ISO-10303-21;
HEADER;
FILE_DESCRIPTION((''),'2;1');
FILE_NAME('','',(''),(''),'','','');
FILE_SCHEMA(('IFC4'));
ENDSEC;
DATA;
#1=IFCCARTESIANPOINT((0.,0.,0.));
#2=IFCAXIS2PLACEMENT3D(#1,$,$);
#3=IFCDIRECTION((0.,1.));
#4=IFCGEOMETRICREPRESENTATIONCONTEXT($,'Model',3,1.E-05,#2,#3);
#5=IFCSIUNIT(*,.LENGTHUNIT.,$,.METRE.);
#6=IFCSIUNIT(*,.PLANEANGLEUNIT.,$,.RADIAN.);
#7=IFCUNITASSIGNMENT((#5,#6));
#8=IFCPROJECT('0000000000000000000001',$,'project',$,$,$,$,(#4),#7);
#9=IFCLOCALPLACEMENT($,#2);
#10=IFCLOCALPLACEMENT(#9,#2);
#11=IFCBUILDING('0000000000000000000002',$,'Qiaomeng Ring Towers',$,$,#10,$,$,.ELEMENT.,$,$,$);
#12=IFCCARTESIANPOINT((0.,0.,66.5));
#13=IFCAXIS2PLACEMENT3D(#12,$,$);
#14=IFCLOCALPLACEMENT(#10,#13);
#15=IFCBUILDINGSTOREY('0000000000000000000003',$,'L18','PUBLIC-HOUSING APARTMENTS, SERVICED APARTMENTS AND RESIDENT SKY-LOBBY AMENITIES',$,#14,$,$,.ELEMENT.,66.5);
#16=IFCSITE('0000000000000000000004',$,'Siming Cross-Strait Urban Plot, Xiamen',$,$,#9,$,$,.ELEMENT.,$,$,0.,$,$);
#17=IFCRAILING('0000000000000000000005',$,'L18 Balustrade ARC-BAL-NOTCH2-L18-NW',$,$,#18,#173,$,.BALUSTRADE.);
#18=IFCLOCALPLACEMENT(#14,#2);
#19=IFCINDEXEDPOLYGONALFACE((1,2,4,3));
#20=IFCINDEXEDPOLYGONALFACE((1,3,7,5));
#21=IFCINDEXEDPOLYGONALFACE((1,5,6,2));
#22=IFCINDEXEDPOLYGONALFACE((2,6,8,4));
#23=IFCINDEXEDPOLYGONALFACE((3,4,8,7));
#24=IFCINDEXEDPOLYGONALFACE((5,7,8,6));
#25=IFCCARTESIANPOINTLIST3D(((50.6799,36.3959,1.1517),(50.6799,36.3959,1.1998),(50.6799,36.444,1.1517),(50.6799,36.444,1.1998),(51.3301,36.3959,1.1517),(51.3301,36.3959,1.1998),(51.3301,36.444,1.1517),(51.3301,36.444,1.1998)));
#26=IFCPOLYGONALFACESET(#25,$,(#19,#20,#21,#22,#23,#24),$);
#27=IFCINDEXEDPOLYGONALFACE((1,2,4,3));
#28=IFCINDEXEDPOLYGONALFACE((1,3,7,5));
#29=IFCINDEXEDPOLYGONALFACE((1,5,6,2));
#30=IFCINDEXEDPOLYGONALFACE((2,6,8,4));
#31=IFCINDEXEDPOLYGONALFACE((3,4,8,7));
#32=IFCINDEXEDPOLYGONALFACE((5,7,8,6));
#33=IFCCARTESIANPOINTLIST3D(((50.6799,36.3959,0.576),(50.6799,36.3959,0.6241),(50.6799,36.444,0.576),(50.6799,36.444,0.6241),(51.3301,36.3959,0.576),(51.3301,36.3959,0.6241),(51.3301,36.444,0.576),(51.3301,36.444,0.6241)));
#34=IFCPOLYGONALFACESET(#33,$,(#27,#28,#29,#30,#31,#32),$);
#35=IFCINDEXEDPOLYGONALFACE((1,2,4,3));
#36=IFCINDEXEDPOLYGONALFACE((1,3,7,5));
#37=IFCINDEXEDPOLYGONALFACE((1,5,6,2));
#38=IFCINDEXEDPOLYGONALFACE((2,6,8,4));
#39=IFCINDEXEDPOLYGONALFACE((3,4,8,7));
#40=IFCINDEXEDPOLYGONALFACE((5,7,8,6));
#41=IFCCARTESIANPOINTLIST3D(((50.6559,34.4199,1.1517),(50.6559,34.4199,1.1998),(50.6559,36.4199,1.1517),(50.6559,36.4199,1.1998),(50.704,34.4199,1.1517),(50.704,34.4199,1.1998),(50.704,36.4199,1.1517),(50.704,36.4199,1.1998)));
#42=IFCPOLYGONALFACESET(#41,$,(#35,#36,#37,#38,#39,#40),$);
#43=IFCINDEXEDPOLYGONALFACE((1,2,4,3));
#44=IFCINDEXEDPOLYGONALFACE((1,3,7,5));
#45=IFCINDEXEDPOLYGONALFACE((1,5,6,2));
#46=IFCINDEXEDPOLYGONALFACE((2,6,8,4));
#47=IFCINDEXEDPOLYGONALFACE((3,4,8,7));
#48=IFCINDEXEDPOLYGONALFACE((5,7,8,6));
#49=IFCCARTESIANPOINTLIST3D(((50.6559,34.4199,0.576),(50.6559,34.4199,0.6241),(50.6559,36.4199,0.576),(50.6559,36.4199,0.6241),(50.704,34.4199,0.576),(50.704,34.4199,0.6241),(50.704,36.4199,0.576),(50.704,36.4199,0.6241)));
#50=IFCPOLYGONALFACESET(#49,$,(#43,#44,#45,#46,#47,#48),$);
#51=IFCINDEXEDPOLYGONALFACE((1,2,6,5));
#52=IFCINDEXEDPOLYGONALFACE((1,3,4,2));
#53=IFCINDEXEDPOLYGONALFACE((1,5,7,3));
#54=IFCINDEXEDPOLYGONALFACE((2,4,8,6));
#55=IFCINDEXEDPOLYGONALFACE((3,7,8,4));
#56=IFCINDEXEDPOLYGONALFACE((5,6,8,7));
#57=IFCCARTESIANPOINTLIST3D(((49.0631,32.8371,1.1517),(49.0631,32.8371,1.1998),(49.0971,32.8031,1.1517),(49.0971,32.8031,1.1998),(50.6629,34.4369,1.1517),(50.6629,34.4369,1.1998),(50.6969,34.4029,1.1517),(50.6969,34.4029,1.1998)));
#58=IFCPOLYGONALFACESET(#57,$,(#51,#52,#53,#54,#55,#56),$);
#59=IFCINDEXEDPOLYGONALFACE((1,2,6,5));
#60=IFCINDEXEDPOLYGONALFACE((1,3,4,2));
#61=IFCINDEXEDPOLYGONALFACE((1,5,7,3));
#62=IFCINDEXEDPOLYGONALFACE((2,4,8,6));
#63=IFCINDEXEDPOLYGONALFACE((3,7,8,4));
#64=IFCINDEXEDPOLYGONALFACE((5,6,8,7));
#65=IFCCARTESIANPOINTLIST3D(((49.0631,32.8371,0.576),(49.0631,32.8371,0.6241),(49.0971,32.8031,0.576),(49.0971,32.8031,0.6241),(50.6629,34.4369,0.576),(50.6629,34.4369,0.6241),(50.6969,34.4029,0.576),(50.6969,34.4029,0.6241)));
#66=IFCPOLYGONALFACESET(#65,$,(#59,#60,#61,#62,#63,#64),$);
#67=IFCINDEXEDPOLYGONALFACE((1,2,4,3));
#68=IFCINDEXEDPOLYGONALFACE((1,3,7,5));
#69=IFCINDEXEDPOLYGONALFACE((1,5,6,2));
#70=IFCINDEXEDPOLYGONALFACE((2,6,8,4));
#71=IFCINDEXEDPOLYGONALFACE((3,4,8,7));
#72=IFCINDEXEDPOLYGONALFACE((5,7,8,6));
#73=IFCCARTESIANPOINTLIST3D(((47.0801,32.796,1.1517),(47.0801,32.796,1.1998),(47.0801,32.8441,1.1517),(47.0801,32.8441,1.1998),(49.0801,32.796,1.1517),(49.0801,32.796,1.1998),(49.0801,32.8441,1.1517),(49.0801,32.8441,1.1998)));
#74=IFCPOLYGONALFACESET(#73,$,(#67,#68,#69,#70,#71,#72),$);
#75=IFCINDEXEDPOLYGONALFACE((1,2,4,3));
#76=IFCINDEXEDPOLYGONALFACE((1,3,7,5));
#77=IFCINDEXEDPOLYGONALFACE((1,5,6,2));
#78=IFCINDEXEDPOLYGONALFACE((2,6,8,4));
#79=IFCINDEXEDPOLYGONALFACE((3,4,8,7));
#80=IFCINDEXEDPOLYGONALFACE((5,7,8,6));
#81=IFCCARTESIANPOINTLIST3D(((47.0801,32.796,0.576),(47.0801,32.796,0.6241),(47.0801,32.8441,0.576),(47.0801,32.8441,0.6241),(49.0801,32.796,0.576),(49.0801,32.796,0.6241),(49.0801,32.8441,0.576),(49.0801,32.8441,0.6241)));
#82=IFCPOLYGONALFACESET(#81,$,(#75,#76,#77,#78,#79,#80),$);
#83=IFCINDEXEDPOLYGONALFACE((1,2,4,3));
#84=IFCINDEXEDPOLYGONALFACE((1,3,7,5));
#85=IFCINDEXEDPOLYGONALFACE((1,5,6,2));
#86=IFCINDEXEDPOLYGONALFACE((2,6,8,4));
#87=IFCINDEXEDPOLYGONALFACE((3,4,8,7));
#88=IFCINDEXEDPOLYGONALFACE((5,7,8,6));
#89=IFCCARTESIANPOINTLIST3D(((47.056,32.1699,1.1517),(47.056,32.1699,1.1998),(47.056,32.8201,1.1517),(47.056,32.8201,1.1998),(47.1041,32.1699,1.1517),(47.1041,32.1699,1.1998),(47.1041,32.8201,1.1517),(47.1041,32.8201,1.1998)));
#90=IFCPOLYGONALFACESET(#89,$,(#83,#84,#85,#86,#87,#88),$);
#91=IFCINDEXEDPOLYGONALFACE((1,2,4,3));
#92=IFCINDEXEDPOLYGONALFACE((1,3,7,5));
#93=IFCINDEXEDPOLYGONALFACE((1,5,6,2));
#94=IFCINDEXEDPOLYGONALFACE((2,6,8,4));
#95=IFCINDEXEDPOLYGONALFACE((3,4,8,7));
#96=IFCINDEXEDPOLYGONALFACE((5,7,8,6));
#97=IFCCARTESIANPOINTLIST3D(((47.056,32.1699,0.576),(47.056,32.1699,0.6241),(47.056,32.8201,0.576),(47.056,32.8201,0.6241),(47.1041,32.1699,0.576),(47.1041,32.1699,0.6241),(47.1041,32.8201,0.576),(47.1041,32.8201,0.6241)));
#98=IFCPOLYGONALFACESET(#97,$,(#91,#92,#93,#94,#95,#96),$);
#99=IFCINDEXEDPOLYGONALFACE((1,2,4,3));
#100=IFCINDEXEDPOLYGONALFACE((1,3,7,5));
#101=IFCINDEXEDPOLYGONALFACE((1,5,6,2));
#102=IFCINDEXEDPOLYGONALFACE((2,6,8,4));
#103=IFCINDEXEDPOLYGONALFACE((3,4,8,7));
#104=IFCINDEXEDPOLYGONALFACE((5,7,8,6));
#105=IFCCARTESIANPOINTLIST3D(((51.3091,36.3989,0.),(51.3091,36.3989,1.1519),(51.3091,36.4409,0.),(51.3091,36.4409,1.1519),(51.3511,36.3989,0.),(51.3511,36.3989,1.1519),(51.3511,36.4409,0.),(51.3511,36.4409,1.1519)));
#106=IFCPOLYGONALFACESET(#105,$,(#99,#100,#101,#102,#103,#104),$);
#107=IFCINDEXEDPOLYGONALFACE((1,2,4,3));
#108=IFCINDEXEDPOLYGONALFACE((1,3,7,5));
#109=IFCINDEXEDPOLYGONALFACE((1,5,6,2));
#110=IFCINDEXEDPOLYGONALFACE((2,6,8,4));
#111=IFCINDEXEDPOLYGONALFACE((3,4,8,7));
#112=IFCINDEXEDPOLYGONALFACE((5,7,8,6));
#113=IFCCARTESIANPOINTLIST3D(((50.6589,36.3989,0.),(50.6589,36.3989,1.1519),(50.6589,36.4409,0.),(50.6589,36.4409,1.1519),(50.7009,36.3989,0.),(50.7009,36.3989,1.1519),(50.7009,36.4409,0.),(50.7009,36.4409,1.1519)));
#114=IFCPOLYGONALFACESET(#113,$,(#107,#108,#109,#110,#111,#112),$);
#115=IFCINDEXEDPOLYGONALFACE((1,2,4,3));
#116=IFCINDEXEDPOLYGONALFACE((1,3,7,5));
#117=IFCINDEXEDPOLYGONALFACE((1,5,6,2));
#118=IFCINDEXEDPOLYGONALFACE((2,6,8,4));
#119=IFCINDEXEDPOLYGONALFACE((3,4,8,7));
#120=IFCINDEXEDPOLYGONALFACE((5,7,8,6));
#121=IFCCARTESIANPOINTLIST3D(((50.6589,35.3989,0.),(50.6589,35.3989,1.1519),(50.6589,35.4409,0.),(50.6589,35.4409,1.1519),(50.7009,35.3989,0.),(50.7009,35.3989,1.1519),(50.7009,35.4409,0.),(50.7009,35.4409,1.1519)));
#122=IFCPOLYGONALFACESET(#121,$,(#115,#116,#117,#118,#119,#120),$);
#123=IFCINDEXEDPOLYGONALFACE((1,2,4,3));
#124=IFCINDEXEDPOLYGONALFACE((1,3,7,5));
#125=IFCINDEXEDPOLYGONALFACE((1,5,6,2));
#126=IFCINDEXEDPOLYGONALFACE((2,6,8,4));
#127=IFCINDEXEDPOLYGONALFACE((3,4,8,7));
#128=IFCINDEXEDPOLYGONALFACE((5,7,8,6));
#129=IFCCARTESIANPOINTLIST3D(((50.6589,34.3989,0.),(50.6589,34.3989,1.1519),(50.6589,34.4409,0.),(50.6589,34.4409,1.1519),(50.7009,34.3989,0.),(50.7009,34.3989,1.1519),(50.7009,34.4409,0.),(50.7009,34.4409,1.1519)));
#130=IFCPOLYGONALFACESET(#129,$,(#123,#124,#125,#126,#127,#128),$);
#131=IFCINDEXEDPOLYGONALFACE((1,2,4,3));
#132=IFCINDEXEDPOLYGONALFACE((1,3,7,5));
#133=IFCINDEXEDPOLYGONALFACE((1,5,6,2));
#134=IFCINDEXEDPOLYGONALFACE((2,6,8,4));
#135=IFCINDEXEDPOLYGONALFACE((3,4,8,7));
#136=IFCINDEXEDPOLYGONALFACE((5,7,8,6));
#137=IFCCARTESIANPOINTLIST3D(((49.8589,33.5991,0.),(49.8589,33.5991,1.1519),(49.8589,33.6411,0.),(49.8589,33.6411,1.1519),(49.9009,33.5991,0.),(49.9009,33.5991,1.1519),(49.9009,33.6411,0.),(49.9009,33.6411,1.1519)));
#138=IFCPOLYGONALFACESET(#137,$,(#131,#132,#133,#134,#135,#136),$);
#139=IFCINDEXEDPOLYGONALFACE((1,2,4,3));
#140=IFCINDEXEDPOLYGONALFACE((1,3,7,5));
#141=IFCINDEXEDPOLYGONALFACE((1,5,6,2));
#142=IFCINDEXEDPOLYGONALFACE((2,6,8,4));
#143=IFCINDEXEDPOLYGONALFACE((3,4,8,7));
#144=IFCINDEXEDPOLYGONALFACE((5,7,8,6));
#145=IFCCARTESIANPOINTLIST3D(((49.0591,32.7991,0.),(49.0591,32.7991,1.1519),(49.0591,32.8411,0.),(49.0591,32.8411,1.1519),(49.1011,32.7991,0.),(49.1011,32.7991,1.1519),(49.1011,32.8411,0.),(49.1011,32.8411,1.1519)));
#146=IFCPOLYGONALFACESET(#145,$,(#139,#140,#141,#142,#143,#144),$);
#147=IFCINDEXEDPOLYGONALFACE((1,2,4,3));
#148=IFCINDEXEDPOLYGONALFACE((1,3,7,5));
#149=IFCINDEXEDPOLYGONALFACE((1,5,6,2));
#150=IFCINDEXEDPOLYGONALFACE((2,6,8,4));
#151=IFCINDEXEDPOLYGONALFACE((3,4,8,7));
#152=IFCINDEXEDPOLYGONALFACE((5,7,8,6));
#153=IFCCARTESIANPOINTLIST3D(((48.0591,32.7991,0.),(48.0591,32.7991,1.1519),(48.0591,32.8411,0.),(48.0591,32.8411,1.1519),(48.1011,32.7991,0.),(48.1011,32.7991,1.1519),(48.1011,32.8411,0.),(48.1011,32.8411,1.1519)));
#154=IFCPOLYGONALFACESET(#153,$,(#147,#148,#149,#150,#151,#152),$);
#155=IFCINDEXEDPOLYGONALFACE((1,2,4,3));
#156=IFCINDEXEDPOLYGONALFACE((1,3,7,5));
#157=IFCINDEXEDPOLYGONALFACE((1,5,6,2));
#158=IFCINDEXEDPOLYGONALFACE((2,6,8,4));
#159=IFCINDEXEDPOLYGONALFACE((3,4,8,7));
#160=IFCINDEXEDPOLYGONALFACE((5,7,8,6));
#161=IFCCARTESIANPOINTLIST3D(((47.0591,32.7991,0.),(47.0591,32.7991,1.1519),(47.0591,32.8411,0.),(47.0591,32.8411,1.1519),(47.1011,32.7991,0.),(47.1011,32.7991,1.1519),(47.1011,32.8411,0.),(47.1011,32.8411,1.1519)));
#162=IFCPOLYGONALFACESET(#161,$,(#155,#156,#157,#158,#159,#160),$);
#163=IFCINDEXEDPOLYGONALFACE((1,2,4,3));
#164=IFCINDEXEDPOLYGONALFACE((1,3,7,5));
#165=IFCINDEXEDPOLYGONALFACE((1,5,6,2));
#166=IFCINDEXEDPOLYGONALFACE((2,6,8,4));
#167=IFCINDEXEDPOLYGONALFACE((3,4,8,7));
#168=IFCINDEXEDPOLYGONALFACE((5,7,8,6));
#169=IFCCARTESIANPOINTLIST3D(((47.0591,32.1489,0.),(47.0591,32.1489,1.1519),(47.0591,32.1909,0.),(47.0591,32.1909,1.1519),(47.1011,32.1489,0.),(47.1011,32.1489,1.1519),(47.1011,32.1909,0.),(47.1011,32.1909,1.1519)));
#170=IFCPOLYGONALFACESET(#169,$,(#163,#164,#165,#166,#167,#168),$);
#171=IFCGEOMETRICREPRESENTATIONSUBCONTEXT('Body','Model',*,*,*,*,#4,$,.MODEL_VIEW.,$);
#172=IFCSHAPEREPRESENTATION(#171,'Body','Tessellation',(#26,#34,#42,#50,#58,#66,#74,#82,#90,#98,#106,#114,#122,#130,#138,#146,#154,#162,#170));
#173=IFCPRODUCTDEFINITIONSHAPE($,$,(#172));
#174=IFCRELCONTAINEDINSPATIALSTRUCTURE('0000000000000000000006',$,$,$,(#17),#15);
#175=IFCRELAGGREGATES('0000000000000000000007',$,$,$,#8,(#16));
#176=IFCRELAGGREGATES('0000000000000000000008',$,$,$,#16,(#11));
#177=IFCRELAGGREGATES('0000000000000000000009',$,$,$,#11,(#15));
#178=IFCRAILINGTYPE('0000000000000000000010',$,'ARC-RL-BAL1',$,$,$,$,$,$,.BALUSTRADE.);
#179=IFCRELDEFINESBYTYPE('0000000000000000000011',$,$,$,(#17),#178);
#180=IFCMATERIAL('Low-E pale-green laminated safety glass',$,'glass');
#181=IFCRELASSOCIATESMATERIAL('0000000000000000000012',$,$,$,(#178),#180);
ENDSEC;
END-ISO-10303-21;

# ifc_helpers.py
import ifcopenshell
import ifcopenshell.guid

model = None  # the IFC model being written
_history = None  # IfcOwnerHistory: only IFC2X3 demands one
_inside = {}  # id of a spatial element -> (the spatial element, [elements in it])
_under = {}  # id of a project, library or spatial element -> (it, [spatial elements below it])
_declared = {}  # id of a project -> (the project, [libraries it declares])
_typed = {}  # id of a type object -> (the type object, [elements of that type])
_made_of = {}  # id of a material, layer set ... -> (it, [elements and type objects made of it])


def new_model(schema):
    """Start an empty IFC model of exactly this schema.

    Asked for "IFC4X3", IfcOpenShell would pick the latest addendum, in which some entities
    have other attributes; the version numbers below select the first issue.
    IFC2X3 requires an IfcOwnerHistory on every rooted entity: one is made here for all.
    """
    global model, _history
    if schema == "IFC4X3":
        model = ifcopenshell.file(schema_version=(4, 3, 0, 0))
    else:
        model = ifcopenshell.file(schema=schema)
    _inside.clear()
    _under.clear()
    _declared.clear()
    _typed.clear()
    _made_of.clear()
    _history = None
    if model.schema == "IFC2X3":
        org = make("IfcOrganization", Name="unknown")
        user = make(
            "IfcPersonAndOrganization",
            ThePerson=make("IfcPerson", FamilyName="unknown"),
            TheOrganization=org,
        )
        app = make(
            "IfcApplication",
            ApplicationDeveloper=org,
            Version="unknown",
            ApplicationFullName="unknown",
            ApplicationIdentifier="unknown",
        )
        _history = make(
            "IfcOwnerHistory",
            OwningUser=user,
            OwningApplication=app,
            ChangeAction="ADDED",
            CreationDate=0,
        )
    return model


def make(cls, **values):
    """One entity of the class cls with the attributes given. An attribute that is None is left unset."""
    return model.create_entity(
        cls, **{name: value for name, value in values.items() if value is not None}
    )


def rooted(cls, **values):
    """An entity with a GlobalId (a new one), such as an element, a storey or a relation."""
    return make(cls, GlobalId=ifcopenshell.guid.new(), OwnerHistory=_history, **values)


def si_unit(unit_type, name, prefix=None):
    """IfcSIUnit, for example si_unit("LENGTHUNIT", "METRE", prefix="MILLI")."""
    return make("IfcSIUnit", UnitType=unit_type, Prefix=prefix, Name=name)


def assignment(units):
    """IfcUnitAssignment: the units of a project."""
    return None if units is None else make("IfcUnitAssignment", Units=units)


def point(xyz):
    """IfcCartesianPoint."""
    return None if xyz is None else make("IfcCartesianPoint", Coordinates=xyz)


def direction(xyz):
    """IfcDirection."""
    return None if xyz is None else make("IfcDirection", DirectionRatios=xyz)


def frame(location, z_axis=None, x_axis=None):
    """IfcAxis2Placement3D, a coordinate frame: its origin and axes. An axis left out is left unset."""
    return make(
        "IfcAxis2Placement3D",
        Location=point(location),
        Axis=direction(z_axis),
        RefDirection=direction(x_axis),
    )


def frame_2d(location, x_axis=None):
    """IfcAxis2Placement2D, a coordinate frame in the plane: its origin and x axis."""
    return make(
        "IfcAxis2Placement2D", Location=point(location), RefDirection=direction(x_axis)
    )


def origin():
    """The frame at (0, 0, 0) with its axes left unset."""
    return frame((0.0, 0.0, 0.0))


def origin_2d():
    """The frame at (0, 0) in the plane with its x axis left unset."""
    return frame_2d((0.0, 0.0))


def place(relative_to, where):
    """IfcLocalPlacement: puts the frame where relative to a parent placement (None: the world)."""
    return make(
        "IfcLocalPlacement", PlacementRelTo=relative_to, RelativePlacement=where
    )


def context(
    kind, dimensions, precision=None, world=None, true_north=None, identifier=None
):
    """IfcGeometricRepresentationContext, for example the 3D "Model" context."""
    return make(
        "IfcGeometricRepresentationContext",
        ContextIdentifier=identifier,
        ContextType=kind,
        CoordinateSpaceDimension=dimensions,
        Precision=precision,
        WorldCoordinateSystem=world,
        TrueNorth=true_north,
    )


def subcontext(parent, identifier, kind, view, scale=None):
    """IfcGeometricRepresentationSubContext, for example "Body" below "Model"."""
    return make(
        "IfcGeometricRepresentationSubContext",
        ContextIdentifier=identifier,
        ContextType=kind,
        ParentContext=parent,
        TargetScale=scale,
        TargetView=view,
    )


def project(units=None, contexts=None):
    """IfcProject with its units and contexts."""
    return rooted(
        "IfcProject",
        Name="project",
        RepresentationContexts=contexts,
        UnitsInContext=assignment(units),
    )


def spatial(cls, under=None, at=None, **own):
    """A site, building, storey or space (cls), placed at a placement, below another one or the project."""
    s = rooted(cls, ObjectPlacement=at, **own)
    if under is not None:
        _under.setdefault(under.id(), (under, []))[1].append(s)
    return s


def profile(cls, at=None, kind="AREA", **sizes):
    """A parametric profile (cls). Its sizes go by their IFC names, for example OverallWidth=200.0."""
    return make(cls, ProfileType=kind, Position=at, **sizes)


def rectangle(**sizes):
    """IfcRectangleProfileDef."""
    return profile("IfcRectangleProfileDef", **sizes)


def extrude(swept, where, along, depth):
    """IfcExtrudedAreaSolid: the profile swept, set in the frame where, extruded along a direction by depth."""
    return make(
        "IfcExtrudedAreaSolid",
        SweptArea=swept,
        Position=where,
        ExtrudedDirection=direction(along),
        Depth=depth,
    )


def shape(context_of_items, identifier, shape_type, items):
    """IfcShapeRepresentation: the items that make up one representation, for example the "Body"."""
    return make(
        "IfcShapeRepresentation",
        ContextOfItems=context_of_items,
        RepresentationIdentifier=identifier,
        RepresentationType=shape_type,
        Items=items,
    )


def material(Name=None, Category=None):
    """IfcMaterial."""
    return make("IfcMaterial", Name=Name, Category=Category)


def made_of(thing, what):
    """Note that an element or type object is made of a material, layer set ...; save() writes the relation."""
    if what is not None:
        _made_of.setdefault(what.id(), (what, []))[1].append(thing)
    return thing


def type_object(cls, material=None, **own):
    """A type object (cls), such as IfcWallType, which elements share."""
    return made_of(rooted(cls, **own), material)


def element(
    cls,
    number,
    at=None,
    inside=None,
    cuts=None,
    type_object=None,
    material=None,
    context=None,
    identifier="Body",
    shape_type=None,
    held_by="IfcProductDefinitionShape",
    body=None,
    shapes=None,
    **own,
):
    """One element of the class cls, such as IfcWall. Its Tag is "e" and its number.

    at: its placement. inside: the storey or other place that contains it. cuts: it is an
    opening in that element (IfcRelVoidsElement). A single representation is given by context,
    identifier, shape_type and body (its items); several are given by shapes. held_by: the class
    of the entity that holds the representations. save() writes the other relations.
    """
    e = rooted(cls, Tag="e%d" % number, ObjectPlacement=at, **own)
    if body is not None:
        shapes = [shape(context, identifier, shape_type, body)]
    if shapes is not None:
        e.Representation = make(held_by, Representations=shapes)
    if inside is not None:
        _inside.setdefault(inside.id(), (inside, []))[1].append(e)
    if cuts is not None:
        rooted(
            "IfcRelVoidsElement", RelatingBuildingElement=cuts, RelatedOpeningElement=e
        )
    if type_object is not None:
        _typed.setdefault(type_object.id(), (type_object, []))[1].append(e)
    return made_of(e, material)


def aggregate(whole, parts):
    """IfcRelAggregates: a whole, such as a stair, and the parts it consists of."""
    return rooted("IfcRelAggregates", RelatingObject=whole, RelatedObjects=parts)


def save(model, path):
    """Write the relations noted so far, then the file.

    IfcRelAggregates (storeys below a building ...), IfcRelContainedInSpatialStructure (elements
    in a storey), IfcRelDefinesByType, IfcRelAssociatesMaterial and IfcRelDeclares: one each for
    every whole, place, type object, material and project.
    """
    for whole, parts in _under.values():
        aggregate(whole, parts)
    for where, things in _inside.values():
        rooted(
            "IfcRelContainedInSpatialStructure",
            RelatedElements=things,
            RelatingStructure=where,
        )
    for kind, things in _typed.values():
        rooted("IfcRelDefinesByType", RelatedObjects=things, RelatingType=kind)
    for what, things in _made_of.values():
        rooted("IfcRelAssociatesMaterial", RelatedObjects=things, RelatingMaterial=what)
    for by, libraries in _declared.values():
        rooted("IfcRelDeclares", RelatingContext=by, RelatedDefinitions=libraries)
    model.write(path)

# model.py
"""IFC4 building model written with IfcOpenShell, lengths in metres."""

from ifc_helpers import new_model, si_unit, direction, frame, origin, origin_2d, place, context, subcontext, project, spatial, rectangle, extrude, material, type_object, element, save


model = new_model("IFC4")

# Units and contexts
model_context = context("Model", 3, precision=1e-05, world=origin(), true_north=direction((0.0, 1.0)))
body_context = subcontext(model_context, "Body", "Model", "MODEL_VIEW")
ifc_project = project(units=[si_unit("LENGTHUNIT", "METRE"), si_unit("PLANEANGLEUNIT", "RADIAN")], contexts=[model_context])

# Site, building, storey
site_placement = place(None, origin())
site = spatial("IfcSite", under=ifc_project, at=site_placement, Name="Siming Cross-Strait Urban Plot, Xiamen", CompositionType="ELEMENT", RefElevation=0.0)
building_placement = place(site_placement, origin())
building = spatial("IfcBuilding", under=site, at=building_placement, Name="Qiaomeng Ring Towers", CompositionType="ELEMENT")
storey_placement = place(building_placement, frame((0.0, 0.0, 66.5)))
storey = spatial("IfcBuildingStorey", under=building, at=storey_placement, Name="L18", Description="PUBLIC-HOUSING APARTMENTS, SERVICED APARTMENTS AND RESIDENT SKY-LOBBY AMENITIES", CompositionType="ELEMENT", Elevation=66.5)

# Railing
ifc_material_1 = material(Name="Low-E pale-green laminated safety glass", Category="glass")
railing_type = type_object("IfcRailingType", Name="ARC-RL-BAL1", PredefinedType="BALUSTRADE", material=ifc_material_1)
railing_1_placement = place(storey_placement, frame((51.3301, 36.4199, 0.0)))
element("IfcRailing", 1, at=railing_1_placement, inside=storey, type_object=railing_type, Name="L18 Balustrade ARC-BAL-NOTCH2-L18-NW", PredefinedType="BALUSTRADE", context=body_context, shape_type="SweptSolid", body=[
    extrude(rectangle(XDim=0.0481, YDim=0.0481, at=origin_2d()), frame((0.0, 0.0, 1.1758), z_axis=(-1.0, 0.0, 0.0), x_axis=(0.0, -1.0, 0.0)), (0.0, 0.0, 1.0), 0.6501),
    extrude(rectangle(XDim=0.0481, YDim=0.0481, at=origin_2d()), frame((0.0, 0.0, 0.6001), z_axis=(-1.0, 0.0, 0.0), x_axis=(0.0, -1.0, 0.0)), (0.0, 0.0, 1.0), 0.6501),
    extrude(rectangle(XDim=0.0481, YDim=0.0481, at=origin_2d()), frame((-0.6501, 0.0, 1.1758), z_axis=(0.0, -1.0, 0.0), x_axis=(1.0, 0.0, 0.0)), (0.0, 0.0, 1.0), 2.0),
    extrude(rectangle(XDim=0.0481, YDim=0.0481, at=origin_2d()), frame((-0.6501, 0.0, 0.6001), z_axis=(0.0, -1.0, 0.0), x_axis=(1.0, 0.0, 0.0)), (0.0, 0.0, 1.0), 2.0),
    extrude(rectangle(XDim=0.0481, YDim=0.0481, at=origin_2d()), frame((-0.6501, -2.0, 1.1758), z_axis=(-0.707107, -0.707107, 0.0), x_axis=(0.707107, -0.707107, 0.0)), (0.0, 0.0, 1.0), 2.2625),
    extrude(rectangle(XDim=0.0481, YDim=0.0481, at=origin_2d()), frame((-0.6501, -2.0, 0.6001), z_axis=(-0.707107, -0.707107, 0.0), x_axis=(0.707107, -0.707107, 0.0)), (0.0, 0.0, 1.0), 2.2625),
    extrude(rectangle(XDim=0.0481, YDim=0.0481, at=origin_2d()), frame((-2.25, -3.5999, 1.1758), z_axis=(-1.0, 0.0, 0.0), x_axis=(0.0, -1.0, 0.0)), (0.0, 0.0, 1.0), 2.0),
    extrude(rectangle(XDim=0.0481, YDim=0.0481, at=origin_2d()), frame((-2.25, -3.5999, 0.6001), z_axis=(-1.0, 0.0, 0.0), x_axis=(0.0, -1.0, 0.0)), (0.0, 0.0, 1.0), 2.0),
    extrude(rectangle(XDim=0.0481, YDim=0.0481, at=origin_2d()), frame((-4.25, -3.5999, 1.1758), z_axis=(0.0, -1.0, 0.0), x_axis=(1.0, 0.0, 0.0)), (0.0, 0.0, 1.0), 0.6501),
    extrude(rectangle(XDim=0.0481, YDim=0.0481, at=origin_2d()), frame((-4.25, -3.5999, 0.6001), z_axis=(0.0, -1.0, 0.0), x_axis=(1.0, 0.0, 0.0)), (0.0, 0.0, 1.0), 0.6501),
    extrude(rectangle(XDim=0.042, YDim=0.042, at=origin_2d()), origin(), (0.0, 0.0, 1.0), 1.1519),
    extrude(rectangle(XDim=0.042, YDim=0.042, at=origin_2d()), frame((-0.6501, 0.0, 0.0)), (0.0, 0.0, 1.0), 1.1519),
    extrude(rectangle(XDim=0.042, YDim=0.042, at=origin_2d()), frame((-0.6501, -1.0, 0.0)), (0.0, 0.0, 1.0), 1.1519),
    extrude(rectangle(XDim=0.042, YDim=0.042, at=origin_2d()), frame((-0.6501, -2.0, 0.0)), (0.0, 0.0, 1.0), 1.1519),
    extrude(rectangle(XDim=0.042, YDim=0.042, at=origin_2d()), frame((-1.4502, -2.7998, 0.0)), (0.0, 0.0, 1.0), 1.1519),
    extrude(rectangle(XDim=0.042, YDim=0.042, at=origin_2d()), frame((-2.25, -3.5999, 0.0)), (0.0, 0.0, 1.0), 1.1519),
    extrude(rectangle(XDim=0.042, YDim=0.042, at=origin_2d()), frame((-3.25, -3.5999, 0.0)), (0.0, 0.0, 1.0), 1.1519),
    extrude(rectangle(XDim=0.042, YDim=0.042, at=origin_2d()), frame((-4.25, -3.5999, 0.0)), (0.0, 0.0, 1.0), 1.1519),
    extrude(rectangle(XDim=0.042, YDim=0.042, at=origin_2d()), frame((-4.25, -4.25, 0.0)), (0.0, 0.0, 1.0), 1.1519),
])

save(model, "model.ifc")
